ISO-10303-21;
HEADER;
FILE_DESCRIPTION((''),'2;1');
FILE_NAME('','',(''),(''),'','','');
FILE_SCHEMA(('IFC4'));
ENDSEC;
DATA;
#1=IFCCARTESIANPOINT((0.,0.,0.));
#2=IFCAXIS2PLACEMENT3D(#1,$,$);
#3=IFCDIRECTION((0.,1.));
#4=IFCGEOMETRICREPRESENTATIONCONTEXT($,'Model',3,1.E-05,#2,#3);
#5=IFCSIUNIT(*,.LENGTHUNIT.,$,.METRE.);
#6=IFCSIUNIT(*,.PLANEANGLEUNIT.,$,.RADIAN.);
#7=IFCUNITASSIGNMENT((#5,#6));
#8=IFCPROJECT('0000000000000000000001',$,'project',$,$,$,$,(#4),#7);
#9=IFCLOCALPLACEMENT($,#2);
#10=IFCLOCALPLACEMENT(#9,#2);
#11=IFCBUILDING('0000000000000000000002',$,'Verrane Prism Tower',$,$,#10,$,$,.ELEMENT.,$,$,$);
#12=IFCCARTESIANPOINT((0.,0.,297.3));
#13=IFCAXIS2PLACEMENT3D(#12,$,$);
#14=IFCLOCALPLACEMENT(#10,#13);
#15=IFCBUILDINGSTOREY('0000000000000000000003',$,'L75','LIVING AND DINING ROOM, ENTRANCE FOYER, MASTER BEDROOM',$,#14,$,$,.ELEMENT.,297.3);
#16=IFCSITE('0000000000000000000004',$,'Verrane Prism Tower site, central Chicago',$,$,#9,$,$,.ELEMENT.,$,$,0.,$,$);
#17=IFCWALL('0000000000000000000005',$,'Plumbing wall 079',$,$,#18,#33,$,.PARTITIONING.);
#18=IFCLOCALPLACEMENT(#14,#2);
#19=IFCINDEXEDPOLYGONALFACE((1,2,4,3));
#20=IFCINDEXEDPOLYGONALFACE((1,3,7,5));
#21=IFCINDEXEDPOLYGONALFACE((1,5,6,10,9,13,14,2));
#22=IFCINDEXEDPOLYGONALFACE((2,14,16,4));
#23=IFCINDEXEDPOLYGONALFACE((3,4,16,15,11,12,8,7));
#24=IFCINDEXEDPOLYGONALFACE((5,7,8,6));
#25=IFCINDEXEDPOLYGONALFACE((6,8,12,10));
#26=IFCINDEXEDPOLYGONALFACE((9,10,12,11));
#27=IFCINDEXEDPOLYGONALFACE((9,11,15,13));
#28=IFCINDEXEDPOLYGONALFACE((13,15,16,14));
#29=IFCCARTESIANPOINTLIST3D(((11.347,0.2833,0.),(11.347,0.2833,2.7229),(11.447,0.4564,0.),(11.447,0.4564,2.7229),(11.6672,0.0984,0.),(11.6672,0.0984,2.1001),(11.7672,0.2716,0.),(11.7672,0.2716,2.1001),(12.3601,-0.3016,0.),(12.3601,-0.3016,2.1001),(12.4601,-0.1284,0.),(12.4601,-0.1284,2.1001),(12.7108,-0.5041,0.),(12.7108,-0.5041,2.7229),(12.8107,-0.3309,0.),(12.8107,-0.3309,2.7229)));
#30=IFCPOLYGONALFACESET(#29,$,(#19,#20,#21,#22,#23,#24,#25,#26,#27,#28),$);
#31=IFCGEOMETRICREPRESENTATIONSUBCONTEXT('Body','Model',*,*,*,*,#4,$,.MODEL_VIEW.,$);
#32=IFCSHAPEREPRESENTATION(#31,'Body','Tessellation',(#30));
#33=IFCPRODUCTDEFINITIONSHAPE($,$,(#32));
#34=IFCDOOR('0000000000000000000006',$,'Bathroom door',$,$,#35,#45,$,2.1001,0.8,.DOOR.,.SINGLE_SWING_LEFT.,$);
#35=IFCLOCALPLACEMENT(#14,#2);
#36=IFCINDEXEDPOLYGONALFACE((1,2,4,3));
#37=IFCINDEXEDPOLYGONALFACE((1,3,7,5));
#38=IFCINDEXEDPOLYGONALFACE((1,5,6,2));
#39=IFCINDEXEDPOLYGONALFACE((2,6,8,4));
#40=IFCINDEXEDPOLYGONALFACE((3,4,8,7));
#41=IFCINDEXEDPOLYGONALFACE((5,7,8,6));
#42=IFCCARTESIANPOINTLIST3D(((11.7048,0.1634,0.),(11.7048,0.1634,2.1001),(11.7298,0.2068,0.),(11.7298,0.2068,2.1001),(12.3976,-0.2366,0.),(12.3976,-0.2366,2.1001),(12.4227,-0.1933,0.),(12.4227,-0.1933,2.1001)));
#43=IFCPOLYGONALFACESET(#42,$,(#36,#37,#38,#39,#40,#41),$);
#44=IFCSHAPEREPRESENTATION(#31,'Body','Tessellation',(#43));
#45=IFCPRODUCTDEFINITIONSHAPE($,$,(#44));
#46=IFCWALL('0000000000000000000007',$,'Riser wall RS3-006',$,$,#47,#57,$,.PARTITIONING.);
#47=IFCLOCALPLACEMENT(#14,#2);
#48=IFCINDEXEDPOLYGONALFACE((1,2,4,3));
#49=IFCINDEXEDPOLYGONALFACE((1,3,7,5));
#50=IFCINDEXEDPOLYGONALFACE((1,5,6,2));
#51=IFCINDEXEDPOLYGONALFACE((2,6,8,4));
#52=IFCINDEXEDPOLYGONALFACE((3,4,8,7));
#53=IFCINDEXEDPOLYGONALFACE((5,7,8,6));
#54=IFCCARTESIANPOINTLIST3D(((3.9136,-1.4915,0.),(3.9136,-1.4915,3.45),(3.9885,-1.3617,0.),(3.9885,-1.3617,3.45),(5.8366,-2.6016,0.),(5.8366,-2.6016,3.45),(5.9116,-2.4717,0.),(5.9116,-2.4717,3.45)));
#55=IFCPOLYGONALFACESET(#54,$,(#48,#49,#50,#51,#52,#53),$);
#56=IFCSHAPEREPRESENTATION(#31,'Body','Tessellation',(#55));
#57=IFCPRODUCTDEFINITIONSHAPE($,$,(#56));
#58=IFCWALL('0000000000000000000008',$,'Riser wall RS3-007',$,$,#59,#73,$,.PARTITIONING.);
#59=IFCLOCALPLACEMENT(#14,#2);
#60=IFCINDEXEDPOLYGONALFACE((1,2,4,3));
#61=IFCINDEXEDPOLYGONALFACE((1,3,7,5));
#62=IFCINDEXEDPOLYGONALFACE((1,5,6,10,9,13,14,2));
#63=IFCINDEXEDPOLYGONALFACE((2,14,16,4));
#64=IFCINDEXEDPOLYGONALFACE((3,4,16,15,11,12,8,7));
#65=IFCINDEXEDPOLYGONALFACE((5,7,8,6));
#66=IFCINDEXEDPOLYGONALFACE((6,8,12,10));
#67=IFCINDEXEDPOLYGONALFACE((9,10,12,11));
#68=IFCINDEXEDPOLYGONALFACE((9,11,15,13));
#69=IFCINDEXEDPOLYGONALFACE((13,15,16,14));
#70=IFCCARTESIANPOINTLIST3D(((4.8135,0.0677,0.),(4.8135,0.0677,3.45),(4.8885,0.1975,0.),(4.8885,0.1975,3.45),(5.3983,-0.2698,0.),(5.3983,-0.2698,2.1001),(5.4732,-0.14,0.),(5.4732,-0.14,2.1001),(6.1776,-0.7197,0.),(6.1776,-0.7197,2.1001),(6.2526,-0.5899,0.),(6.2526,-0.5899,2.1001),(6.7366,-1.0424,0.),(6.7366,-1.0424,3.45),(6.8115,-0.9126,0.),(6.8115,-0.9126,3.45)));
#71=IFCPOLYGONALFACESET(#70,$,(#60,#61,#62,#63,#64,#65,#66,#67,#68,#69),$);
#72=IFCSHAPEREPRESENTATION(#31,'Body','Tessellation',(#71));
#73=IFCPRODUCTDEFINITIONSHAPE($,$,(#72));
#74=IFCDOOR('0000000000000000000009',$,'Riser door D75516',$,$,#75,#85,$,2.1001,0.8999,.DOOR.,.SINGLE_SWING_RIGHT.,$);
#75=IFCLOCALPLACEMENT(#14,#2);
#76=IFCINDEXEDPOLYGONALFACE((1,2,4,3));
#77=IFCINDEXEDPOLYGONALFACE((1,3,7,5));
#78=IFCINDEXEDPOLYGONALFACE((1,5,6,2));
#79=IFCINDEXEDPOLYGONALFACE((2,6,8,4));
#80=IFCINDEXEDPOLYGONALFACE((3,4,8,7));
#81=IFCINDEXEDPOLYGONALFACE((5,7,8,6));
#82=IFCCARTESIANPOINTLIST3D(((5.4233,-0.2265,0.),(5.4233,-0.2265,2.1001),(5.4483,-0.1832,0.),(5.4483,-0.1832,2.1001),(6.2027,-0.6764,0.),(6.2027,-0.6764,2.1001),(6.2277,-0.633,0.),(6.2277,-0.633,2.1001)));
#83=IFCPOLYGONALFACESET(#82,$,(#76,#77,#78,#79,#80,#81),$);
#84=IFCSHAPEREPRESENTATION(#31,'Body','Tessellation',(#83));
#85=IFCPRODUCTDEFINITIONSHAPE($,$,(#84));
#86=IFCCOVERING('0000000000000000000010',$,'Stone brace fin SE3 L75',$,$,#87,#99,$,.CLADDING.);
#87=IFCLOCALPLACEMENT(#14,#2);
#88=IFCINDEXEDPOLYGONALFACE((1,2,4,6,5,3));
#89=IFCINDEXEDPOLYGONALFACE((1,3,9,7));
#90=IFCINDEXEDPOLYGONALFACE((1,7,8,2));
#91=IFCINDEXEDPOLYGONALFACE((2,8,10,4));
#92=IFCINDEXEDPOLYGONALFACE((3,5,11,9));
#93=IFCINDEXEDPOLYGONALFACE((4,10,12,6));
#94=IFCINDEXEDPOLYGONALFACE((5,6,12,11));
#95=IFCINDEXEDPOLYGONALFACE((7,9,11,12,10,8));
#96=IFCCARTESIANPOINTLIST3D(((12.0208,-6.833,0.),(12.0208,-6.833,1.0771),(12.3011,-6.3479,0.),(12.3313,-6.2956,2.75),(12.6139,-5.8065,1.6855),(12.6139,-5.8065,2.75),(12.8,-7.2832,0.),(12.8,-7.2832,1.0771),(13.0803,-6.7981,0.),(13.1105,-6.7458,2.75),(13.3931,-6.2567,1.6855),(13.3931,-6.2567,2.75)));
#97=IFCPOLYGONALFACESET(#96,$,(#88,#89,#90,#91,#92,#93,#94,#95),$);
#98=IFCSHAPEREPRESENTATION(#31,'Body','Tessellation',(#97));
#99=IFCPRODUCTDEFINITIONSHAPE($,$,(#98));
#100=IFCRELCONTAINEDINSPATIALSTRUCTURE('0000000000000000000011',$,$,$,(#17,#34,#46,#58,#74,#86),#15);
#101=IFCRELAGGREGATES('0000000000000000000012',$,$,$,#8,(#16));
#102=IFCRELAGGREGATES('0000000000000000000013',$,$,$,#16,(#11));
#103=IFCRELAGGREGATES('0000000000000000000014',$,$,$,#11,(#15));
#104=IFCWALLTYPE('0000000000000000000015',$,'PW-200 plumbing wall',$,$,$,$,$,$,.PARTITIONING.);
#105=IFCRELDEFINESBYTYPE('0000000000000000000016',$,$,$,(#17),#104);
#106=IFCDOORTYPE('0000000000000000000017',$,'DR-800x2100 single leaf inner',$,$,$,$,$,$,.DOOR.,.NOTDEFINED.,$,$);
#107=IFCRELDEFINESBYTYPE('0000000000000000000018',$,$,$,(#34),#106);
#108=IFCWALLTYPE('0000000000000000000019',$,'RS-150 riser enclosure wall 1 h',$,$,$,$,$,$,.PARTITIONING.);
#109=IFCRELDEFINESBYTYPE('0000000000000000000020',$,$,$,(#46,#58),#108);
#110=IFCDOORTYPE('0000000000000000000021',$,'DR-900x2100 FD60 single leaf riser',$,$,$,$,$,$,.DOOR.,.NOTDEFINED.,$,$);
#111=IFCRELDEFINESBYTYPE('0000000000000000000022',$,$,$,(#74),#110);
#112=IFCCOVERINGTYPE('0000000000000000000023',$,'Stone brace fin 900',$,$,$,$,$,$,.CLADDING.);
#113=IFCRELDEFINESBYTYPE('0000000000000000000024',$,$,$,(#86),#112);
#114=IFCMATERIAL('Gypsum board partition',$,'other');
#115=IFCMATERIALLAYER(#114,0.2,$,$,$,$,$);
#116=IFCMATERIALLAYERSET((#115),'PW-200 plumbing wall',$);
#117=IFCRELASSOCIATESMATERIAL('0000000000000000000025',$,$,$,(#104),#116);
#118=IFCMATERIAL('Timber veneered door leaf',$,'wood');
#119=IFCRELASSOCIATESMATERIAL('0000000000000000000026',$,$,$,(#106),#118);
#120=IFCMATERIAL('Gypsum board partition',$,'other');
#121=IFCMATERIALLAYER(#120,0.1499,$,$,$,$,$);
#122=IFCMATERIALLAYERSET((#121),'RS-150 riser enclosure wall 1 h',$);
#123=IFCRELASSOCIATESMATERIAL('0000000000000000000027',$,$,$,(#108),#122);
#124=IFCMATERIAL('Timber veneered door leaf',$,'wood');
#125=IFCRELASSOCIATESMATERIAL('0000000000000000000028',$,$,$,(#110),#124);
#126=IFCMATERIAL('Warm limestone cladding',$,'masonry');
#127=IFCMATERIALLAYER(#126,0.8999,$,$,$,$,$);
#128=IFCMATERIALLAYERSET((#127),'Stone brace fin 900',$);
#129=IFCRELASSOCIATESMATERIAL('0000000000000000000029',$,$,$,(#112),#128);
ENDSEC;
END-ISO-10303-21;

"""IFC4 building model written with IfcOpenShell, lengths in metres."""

from ifc_helpers import new_model, si_unit, direction, frame, frame_2d, origin, place, context, subcontext, project, spatial, polyline, rectangle, outline, extrude, material, layer, layer_set, type_object, element, fill, save


model = new_model("IFC4")

# Units and contexts
model_context = context("Model", 3, precision=1e-05, world=origin(), true_north=direction((0.0, 1.0)))
body_context = subcontext(model_context, "Body", "Model", "MODEL_VIEW")
ifc_project = project(units=[si_unit("LENGTHUNIT", "METRE"), si_unit("PLANEANGLEUNIT", "RADIAN")], contexts=[model_context])

# Site, building, storey
site_placement = place(None, origin())
site = spatial("IfcSite", under=ifc_project, at=site_placement, Name="Verrane Prism Tower site, central Chicago", CompositionType="ELEMENT", RefElevation=0.0)
building_placement = place(site_placement, origin())
building = spatial("IfcBuilding", under=site, at=building_placement, Name="Verrane Prism Tower", CompositionType="ELEMENT")
storey_placement = place(building_placement, frame((0.0, 0.0, 297.3)))
storey = spatial("IfcBuildingStorey", under=building, at=storey_placement, Name="L75", Description="LIVING AND DINING ROOM, ENTRANCE FOYER, MASTER BEDROOM", CompositionType="ELEMENT", Elevation=297.3)

# Shared definitions
ifc_material_1 = material(Name="Gypsum board partition", Category="other")
ifc_layer_1 = layer(ifc_material_1, 0.2)
ifc_layer_set_1 = layer_set([ifc_layer_1], Name="PW-200 plumbing wall")
wall_type_1 = type_object("IfcWallType", Name="PW-200 plumbing wall", PredefinedType="PARTITIONING", material=ifc_layer_set_1)

# Wall, opening, door
wall_1_placement = place(storey_placement, frame((12.7607, -0.4175, 0.0), z_axis=(0.0, 0.0, 1.0), x_axis=(-0.866031, 0.499991, 0.0)))
wall_1 = element("IfcWall", 1, at=wall_1_placement, inside=storey, type_object=wall_type_1, Name="Plumbing wall 079", PredefinedType="PARTITIONING", context=body_context, shape_type="SweptSolid", body=[
    extrude(rectangle(XDim=1.5747, YDim=0.2, at=frame_2d((0.7874, 0.0))), origin(), (0.0, 0.0, 1.0), 2.7229),
])
opening_1_placement = place(wall_1_placement, frame((0.405, 0.0, 0.0)))
opening_1 = element("IfcOpeningElement", 2, at=opening_1_placement, cuts=wall_1, PredefinedType="OPENING", context=body_context, shape_type="SweptSolid", body=[
    extrude(rectangle(XDim=0.8, YDim=2.1001, at=frame_2d((0.3999, 1.05))), frame((0.0, 0.1099, 0.0), z_axis=(0.0, -1.0, 0.0), x_axis=(1.0, 0.0, 0.0)), (0.0, 0.0, 1.0), 0.22),
])
ifc_material_2 = material(Name="Timber veneered door leaf", Category="wood")
door_type_1 = type_object("IfcDoorType", Name="DR-800x2100 single leaf inner", OperationType="NOTDEFINED", PredefinedType="DOOR", material=ifc_material_2)
door_1_placement = place(opening_1_placement, origin())
door_1 = element("IfcDoor", 3, at=door_1_placement, inside=storey, type_object=door_type_1, Name="Bathroom door", OperationType="SINGLE_SWING_LEFT", OverallHeight=2.1001, OverallWidth=0.8, PredefinedType="DOOR", context=body_context, shape_type="SweptSolid", body=[
    extrude(rectangle(XDim=0.8, YDim=2.1001, at=frame_2d((0.3999, 1.05))), frame((0.0, 0.0249, 0.0), z_axis=(0.0, -1.0, 0.0), x_axis=(1.0, 0.0, 0.0)), (0.0, 0.0, 1.0), 0.05),
])
fill(opening_1, door_1)

# Wall
ifc_material_3 = material(Name="Gypsum board partition", Category="other")
ifc_layer_2 = layer(ifc_material_3, 0.1499)
ifc_layer_set_2 = layer_set([ifc_layer_2], Name="RS-150 riser enclosure wall 1 h")
wall_type_2 = type_object("IfcWallType", Name="RS-150 riser enclosure wall 1 h", PredefinedType="PARTITIONING", material=ifc_layer_set_2)
wall_2_placement = place(storey_placement, frame((3.9509, -1.4265, 0.0), z_axis=(0.0, 0.0, 1.0), x_axis=(0.866063, -0.499935, 0.0)))
element("IfcWall", 4, at=wall_2_placement, inside=storey, type_object=wall_type_2, Name="Riser wall RS3-006", PredefinedType="PARTITIONING", context=body_context, shape_type="SweptSolid", body=[
    extrude(rectangle(XDim=2.2205, YDim=0.1499, at=frame_2d((1.1104, 0.0))), origin(), (0.0, 0.0, 1.0), 3.45),
])

# Wall, opening, door
wall_3_placement = place(storey_placement, frame((6.7742, -0.9775, 0.0), z_axis=(0.0, 0.0, 1.0), x_axis=(-0.866063, 0.499935, 0.0)))
wall_3 = element("IfcWall", 5, at=wall_3_placement, inside=storey, type_object=wall_type_2, Name="Riser wall RS3-007", PredefinedType="PARTITIONING", context=body_context, shape_type="SweptSolid", body=[
    extrude(rectangle(XDim=2.2205, YDim=0.1499, at=frame_2d((1.1104, 0.0))), origin(), (0.0, 0.0, 1.0), 3.45),
])
opening_2_placement = place(wall_3_placement, frame((0.6455, 0.0, 0.0)))
opening_2 = element("IfcOpeningElement", 6, at=opening_2_placement, cuts=wall_3, PredefinedType="OPENING", context=body_context, shape_type="SweptSolid", body=[
    extrude(rectangle(XDim=0.8999, YDim=2.1001, at=frame_2d((0.45, 1.05))), frame((0.0, 0.085, 0.0), z_axis=(0.0, -1.0, 0.0), x_axis=(1.0, 0.0, 0.0)), (0.0, 0.0, 1.0), 0.1699),
])
ifc_material_4 = material(Name="Timber veneered door leaf", Category="wood")
door_type_2 = type_object("IfcDoorType", Name="DR-900x2100 FD60 single leaf riser", OperationType="NOTDEFINED", PredefinedType="DOOR", material=ifc_material_4)
door_2_placement = place(opening_2_placement, origin())
door_2 = element("IfcDoor", 7, at=door_2_placement, inside=storey, type_object=door_type_2, Name="Riser door D75516", OperationType="SINGLE_SWING_RIGHT", OverallHeight=2.1001, OverallWidth=0.8999, PredefinedType="DOOR", context=body_context, shape_type="SweptSolid", body=[
    extrude(rectangle(XDim=0.8999, YDim=2.1001, at=frame_2d((0.45, 1.05))), frame((0.0, 0.0249, 0.0), z_axis=(0.0, -1.0, 0.0), x_axis=(1.0, 0.0, 0.0)), (0.0, 0.0, 1.0), 0.05),
])
fill(opening_2, door_2)

# Covering
ifc_material_5 = material(Name="Warm limestone cladding", Category="masonry")
ifc_layer_3 = layer(ifc_material_5, 0.8999)
ifc_layer_set_3 = layer_set([ifc_layer_3], Name="Stone brace fin 900")
covering_type = type_object("IfcCoveringType", Name="Stone brace fin 900", PredefinedType="CLADDING", material=ifc_layer_set_3)
covering_placement = place(storey_placement, frame((12.4104, -7.0581, 0.0), z_axis=(0.0, 0.0, 1.0), x_axis=(0.500281, 0.865863, 0.0)))
element("IfcCovering", 8, at=covering_placement, inside=storey, type_object=covering_type, Name="Stone brace fin SE3 L75", PredefinedType="CLADDING", context=body_context, shape_type="SweptSolid", body=[
    extrude(outline(polyline([(1.1855, 2.75), (0.6206, 2.75), (0.0, 1.0771), (0.0, 0.0), (0.5603, 0.0), (1.1855, 1.6855), (1.1855, 2.75)])), frame((0.0, 0.45, 0.0), z_axis=(0.0, -1.0, 0.0), x_axis=(1.0, 0.0, 0.0)), (0.0, 0.0, 1.0), 0.8999),
])

save(model, "model.ifc")
